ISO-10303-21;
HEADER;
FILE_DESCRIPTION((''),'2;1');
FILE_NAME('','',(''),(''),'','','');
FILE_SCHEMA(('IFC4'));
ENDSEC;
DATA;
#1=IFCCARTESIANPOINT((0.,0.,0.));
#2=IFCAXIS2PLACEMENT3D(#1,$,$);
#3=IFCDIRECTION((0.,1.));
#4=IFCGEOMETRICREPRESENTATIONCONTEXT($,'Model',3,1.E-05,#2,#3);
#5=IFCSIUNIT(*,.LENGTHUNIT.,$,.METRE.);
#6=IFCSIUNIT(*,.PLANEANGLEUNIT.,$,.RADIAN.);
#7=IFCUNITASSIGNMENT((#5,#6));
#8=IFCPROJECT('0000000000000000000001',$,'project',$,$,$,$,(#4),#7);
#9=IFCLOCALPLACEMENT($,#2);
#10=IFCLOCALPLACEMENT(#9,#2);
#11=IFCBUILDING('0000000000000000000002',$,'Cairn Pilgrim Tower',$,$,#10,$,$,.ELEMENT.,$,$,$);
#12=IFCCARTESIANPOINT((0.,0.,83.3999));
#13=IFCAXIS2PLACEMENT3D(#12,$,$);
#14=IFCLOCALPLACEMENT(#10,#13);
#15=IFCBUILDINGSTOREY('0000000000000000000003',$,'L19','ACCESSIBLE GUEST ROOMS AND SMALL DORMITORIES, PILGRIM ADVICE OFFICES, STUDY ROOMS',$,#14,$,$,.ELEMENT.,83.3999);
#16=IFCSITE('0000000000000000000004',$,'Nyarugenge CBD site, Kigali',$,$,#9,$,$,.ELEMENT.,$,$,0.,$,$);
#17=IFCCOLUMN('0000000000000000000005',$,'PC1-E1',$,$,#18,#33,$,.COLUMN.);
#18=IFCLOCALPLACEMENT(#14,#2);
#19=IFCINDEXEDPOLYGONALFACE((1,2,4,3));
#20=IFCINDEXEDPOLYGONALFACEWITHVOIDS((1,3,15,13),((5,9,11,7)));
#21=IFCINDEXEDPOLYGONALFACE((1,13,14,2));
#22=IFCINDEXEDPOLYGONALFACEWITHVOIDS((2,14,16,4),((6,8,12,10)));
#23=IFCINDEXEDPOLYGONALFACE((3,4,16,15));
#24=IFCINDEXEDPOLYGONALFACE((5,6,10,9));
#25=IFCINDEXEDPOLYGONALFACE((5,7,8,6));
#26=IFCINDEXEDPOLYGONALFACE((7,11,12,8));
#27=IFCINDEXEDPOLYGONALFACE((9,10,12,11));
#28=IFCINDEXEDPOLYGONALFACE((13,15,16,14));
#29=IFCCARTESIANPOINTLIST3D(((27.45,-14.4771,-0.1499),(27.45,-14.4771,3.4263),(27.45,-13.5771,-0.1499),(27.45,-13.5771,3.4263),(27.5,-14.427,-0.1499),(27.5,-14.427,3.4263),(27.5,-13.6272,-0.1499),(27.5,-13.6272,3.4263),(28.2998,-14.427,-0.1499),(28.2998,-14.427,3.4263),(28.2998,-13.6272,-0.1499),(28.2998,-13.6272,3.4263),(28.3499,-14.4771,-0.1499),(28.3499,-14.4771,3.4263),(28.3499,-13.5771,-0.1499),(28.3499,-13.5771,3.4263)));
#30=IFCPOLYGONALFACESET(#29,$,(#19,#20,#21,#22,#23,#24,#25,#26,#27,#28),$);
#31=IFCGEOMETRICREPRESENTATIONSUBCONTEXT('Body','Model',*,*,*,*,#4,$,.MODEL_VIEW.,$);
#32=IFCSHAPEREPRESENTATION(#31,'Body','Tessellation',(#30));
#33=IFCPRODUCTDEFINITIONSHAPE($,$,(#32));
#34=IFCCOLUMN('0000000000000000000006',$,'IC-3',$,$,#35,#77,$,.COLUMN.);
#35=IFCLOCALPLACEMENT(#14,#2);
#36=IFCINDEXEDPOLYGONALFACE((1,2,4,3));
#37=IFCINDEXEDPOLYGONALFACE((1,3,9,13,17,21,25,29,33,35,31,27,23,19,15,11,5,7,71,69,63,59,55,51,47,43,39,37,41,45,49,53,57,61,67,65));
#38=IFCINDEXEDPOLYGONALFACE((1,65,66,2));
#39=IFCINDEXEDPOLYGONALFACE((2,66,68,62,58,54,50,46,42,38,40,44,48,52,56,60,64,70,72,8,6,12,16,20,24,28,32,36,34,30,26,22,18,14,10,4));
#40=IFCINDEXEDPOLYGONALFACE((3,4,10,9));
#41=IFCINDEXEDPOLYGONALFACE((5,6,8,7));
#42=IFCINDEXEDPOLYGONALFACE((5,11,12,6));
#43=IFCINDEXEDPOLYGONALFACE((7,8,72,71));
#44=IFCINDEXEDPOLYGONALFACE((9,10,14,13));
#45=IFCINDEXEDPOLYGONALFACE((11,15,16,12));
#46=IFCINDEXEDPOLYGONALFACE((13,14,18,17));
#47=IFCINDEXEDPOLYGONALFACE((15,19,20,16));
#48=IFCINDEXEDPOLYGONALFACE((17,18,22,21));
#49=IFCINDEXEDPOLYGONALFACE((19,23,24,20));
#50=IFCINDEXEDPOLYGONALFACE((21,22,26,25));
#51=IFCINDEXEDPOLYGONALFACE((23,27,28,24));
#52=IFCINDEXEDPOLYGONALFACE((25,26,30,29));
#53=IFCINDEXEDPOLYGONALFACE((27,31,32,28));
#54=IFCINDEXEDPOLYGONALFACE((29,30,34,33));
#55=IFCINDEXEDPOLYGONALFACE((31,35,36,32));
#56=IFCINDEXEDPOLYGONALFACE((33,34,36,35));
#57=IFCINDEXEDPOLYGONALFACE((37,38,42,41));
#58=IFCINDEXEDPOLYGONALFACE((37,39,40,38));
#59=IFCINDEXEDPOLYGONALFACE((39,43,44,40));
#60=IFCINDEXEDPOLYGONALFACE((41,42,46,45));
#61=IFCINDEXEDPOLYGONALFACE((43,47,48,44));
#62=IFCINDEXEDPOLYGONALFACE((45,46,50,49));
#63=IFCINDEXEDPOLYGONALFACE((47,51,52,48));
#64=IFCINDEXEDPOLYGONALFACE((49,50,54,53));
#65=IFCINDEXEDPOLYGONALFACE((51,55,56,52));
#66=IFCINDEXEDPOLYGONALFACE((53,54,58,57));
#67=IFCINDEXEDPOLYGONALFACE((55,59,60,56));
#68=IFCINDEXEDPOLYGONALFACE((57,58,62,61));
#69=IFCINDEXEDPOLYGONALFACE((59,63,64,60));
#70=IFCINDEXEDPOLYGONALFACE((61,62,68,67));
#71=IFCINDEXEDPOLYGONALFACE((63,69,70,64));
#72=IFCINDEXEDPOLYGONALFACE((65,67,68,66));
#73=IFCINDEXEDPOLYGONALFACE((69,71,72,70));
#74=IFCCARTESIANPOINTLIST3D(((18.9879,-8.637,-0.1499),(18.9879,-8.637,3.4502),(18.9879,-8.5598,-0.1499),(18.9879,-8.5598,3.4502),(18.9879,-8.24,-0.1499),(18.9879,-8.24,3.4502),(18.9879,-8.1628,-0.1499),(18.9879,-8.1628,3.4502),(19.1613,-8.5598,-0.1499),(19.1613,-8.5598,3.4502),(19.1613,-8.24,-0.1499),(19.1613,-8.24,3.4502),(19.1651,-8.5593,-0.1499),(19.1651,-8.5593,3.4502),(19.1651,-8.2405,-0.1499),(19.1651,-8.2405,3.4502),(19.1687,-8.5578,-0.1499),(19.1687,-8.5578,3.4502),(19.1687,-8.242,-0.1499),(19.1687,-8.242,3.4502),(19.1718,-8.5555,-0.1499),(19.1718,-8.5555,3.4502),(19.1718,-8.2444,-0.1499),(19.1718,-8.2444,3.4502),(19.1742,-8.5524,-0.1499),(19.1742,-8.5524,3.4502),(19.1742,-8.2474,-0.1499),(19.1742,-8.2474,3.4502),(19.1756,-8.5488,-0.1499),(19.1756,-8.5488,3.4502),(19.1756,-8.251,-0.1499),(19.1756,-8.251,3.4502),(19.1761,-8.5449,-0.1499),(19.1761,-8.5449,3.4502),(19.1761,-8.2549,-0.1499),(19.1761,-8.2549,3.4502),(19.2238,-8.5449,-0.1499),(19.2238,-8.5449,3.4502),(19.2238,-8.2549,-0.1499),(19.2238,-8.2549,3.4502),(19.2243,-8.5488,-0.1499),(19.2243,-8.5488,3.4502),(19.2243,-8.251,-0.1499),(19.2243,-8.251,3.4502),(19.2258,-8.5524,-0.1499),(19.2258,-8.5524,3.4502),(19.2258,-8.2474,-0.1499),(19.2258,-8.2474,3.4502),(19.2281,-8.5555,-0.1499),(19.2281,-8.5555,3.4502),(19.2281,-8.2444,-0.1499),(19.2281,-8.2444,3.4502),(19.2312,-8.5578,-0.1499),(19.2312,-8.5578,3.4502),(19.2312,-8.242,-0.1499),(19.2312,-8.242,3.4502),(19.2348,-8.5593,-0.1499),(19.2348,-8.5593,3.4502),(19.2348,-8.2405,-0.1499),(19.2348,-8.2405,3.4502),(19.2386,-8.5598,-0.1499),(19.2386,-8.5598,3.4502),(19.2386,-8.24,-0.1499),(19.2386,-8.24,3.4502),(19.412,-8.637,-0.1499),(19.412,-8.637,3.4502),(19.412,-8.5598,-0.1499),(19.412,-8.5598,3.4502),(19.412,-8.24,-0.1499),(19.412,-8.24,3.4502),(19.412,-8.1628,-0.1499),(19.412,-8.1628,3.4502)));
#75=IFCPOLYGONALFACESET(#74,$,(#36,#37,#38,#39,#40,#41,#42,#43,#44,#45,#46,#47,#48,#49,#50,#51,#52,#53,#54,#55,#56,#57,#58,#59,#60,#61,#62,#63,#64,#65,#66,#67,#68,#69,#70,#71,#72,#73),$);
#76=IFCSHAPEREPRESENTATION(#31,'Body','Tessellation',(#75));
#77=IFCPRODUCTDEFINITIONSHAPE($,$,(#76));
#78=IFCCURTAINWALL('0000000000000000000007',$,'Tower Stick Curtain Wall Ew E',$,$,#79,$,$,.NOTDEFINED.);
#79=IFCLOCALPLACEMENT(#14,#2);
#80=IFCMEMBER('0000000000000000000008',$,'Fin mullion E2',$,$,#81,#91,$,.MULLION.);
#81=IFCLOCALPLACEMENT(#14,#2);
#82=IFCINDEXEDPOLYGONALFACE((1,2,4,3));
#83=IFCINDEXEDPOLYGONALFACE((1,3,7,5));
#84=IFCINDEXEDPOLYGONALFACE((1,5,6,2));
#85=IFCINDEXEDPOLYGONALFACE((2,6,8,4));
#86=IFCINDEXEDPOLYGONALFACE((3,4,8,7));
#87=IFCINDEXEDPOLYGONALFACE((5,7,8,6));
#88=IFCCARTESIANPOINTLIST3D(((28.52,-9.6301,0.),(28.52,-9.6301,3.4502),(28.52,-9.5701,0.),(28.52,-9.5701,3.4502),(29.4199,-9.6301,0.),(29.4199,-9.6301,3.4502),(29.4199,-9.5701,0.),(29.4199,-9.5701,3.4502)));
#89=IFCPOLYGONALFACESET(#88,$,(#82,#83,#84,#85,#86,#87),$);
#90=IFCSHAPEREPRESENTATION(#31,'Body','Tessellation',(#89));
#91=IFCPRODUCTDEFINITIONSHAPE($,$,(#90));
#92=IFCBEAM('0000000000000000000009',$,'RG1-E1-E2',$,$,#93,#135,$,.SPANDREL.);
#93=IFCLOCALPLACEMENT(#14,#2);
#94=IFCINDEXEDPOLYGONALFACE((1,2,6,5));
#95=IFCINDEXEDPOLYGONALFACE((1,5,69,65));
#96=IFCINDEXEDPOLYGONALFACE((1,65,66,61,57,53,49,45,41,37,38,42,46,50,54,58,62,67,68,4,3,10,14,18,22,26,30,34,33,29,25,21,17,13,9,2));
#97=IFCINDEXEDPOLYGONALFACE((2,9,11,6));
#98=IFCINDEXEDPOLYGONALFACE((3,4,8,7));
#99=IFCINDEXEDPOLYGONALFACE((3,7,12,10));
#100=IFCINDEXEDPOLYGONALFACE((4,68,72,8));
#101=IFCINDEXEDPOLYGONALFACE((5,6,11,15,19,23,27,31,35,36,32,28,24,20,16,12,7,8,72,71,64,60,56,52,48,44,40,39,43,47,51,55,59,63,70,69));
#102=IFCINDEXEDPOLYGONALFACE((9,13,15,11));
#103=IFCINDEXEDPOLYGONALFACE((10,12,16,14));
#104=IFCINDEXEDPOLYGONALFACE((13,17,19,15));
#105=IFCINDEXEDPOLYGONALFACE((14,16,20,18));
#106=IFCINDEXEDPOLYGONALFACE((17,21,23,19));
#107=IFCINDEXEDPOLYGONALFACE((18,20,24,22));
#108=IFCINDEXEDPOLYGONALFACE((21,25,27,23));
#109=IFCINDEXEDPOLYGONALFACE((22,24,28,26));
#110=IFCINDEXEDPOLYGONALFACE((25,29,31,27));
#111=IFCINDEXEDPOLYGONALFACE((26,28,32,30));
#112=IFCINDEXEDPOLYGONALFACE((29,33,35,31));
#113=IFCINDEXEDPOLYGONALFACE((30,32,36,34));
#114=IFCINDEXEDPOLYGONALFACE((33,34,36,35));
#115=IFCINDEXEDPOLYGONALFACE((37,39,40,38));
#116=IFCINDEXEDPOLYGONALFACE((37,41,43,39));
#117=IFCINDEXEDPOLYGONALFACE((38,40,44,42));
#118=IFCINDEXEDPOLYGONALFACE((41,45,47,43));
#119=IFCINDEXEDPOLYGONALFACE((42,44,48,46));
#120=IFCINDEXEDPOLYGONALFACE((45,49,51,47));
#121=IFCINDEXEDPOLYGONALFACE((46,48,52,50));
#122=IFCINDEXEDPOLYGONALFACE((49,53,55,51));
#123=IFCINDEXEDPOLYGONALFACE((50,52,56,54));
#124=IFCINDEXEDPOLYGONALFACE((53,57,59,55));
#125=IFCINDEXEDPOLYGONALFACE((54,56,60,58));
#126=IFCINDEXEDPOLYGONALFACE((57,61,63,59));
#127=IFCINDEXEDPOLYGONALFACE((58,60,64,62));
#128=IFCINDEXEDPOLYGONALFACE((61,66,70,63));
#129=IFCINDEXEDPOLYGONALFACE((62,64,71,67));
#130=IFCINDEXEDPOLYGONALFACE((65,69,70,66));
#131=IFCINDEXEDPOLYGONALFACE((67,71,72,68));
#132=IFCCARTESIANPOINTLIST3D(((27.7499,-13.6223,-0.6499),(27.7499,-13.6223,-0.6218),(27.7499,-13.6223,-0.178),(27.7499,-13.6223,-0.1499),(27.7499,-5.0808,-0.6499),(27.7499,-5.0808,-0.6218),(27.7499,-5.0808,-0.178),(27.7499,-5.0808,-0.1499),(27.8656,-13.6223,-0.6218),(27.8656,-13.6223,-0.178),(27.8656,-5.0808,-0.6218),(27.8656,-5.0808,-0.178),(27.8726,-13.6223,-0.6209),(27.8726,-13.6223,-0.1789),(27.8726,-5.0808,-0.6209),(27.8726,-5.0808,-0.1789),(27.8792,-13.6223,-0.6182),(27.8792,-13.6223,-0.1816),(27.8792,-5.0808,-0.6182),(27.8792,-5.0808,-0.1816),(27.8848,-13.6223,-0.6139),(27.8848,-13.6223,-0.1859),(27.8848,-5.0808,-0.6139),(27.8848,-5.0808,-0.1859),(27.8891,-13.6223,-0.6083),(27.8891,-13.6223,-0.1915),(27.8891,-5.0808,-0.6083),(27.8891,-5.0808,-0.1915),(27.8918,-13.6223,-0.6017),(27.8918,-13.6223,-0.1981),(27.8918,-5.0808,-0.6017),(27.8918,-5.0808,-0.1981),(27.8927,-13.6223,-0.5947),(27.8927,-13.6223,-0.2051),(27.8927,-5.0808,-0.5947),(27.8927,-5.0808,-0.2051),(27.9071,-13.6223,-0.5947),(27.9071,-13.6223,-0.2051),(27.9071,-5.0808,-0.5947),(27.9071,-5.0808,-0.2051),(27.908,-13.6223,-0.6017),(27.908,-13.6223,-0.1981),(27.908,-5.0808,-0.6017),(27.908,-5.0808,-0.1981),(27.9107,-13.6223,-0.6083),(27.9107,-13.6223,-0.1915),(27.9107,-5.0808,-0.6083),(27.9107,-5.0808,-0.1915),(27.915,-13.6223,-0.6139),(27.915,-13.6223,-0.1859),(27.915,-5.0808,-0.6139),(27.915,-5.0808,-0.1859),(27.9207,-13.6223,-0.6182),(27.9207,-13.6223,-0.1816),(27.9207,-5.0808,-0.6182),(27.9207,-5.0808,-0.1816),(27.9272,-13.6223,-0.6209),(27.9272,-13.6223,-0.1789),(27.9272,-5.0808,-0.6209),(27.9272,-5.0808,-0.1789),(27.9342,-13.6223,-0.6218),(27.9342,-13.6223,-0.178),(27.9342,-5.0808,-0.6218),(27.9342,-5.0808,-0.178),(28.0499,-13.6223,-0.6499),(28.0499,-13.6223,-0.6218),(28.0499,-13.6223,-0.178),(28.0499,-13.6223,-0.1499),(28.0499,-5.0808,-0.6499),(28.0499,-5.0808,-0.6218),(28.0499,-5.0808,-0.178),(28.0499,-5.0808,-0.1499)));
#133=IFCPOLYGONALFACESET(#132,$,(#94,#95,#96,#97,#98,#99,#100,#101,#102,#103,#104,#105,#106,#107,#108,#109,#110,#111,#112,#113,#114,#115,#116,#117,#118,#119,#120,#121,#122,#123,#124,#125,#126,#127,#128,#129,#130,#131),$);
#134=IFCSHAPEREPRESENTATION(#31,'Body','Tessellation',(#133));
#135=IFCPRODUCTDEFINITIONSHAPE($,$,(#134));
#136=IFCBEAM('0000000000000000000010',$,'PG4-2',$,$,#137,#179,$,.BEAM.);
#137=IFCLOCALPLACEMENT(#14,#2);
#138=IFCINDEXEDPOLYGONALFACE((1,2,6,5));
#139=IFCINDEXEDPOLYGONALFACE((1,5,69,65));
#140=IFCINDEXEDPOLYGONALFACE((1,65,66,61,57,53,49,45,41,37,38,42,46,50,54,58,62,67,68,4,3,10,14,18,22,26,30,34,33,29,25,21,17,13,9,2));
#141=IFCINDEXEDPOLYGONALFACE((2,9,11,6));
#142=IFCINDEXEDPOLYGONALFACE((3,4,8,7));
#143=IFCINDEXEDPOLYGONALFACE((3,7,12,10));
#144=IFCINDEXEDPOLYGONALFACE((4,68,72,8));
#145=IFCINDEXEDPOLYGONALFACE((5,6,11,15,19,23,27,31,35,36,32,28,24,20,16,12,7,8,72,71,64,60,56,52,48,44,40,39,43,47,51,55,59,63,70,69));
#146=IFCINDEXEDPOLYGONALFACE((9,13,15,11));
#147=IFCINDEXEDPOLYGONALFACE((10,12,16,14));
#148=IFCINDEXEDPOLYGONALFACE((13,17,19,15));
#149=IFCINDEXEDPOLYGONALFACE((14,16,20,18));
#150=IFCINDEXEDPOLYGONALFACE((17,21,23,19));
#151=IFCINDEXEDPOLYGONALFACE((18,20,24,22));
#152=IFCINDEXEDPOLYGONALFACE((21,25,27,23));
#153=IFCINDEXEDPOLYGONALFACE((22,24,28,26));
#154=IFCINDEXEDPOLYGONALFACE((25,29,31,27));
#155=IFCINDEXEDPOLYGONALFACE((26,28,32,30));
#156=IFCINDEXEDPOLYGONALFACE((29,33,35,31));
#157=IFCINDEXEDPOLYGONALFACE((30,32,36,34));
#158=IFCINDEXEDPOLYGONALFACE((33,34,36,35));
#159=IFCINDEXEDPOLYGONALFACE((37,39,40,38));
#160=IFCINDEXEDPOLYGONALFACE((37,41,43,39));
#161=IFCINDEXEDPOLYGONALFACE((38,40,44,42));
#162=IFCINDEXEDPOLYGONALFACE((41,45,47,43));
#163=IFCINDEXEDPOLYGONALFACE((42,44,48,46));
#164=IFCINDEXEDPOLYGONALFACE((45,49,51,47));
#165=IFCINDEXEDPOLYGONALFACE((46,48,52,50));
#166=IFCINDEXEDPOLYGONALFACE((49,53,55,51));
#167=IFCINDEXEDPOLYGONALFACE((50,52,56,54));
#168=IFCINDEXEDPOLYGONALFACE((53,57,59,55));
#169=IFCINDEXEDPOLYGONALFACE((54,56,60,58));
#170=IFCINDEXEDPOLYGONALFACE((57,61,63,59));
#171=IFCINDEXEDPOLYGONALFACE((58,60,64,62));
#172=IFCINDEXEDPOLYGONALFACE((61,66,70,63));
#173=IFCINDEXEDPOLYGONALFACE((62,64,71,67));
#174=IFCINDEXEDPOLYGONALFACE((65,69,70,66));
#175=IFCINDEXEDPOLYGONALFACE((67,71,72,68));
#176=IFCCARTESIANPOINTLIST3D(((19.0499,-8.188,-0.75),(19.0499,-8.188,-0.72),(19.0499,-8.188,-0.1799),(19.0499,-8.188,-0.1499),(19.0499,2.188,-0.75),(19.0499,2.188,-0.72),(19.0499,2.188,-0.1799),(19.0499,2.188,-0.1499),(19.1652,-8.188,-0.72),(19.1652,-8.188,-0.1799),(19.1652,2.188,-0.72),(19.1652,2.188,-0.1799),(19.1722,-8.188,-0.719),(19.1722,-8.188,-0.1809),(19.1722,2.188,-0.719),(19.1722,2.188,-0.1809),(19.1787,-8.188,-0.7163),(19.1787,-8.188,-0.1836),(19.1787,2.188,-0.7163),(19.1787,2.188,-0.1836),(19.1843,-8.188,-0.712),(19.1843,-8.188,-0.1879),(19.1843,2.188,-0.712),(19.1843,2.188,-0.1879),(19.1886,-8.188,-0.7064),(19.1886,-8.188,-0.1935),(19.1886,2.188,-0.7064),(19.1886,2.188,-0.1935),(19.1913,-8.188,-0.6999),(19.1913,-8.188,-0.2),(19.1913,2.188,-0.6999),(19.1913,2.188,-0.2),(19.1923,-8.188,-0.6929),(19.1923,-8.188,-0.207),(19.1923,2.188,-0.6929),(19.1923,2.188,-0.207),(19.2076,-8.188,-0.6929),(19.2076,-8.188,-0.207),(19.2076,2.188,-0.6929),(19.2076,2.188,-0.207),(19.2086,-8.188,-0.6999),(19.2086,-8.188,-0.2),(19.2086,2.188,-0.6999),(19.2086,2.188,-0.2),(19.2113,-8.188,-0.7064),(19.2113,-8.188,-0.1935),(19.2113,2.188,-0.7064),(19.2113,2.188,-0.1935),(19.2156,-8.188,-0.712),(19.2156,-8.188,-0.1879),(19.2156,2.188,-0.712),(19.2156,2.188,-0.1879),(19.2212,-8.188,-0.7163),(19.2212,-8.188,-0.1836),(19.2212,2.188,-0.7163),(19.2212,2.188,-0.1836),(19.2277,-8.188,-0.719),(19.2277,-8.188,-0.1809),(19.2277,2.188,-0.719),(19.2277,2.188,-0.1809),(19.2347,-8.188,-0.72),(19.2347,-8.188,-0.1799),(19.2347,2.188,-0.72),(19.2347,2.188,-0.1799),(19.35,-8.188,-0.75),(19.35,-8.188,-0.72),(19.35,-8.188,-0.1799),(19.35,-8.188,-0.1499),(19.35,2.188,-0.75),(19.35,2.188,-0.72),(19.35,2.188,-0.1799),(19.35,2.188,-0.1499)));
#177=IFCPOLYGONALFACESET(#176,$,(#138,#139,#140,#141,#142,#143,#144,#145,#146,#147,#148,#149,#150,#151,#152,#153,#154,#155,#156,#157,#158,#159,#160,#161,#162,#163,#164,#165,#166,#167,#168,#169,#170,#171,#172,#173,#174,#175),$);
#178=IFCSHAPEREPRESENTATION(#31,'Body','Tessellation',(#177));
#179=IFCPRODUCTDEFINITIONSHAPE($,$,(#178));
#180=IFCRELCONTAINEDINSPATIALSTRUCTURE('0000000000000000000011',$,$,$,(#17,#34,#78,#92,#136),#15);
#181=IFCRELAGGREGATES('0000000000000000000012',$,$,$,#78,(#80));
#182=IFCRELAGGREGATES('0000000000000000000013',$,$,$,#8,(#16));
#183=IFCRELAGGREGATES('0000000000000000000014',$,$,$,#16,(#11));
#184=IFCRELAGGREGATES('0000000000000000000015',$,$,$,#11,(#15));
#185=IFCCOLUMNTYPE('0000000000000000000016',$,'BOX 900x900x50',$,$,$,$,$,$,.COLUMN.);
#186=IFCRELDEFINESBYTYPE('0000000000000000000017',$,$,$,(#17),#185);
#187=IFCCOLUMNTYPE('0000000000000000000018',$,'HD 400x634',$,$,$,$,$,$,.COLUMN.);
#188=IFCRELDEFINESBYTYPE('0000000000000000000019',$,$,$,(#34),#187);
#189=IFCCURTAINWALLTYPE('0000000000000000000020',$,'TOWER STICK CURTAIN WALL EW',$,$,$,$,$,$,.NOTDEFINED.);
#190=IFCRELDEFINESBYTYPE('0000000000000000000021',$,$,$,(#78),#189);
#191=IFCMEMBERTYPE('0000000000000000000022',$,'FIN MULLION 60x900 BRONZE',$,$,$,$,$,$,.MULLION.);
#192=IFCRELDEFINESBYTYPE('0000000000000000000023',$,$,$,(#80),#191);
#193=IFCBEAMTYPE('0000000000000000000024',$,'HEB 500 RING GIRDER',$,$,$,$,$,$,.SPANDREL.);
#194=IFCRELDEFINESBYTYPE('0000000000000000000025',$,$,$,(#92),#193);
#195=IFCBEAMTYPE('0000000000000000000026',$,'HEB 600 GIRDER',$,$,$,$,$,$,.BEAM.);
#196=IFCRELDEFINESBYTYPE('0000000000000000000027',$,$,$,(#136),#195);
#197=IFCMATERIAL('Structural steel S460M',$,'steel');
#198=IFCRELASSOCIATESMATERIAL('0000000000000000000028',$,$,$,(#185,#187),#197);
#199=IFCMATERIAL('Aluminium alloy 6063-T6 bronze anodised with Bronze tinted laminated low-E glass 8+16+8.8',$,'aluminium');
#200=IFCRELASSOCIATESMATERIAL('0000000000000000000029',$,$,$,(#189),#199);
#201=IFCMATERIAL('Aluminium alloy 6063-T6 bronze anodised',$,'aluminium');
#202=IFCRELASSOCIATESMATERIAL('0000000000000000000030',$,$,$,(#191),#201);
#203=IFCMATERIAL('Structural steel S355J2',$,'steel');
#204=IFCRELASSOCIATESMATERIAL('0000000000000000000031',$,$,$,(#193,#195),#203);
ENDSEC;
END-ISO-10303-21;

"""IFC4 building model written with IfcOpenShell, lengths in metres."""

from ifc_helpers import new_model, si_unit, direction, frame, origin, origin_2d, place, context, subcontext, project, spatial, rectangle, hollow_rectangle, i_section, extrude, clip, halfspace, material, material_profile, profile_set, type_object, element, aggregate, save


model = new_model("IFC4")

# Units and contexts
model_context = context("Model", 3, precision=1e-05, world=origin(), true_north=direction((0.0, 1.0)))
body_context = subcontext(model_context, "Body", "Model", "MODEL_VIEW")
ifc_project = project(units=[si_unit("LENGTHUNIT", "METRE"), si_unit("PLANEANGLEUNIT", "RADIAN")], contexts=[model_context])

# Site, building, storey
site_placement = place(None, origin())
site = spatial("IfcSite", under=ifc_project, at=site_placement, Name="Nyarugenge CBD site, Kigali", CompositionType="ELEMENT", RefElevation=0.0)
building_placement = place(site_placement, origin())
building = spatial("IfcBuilding", under=site, at=building_placement, Name="Cairn Pilgrim Tower", CompositionType="ELEMENT")
storey_placement = place(building_placement, frame((0.0, 0.0, 83.3999)))
storey = spatial("IfcBuildingStorey", under=building, at=storey_placement, Name="L19", Description="ACCESSIBLE GUEST ROOMS AND SMALL DORMITORIES, PILGRIM ADVICE OFFICES, STUDY ROOMS", CompositionType="ELEMENT", Elevation=83.3999)

# Columns
ifc_material_1 = material(Name="Structural steel S460M", Category="steel")
ifc_material_profile_1 = material_profile(ifc_material_1, hollow_rectangle(XDim=0.8999, YDim=0.8999, WallThickness=0.05, at=origin_2d()), Name="BOX 900x900x50")
ifc_profile_set_1 = profile_set([ifc_material_profile_1], Name="Structural steel S460M")
column_type_1 = type_object("IfcColumnType", Name="BOX 900x900x50", PredefinedType="COLUMN", material=ifc_profile_set_1)
column_1_placement = place(storey_placement, frame((27.8999, -14.0271, -0.1499), z_axis=(0.0, 0.0, 1.0), x_axis=(1.0, 0.0, 0.0)))
element("IfcColumn", 1, at=column_1_placement, inside=storey, type_object=column_type_1, Name="PC1-E1", PredefinedType="COLUMN", context=body_context, shape_type="Clipping", body=[
    clip(extrude(hollow_rectangle(XDim=0.8999, YDim=0.8999, WallThickness=0.05, at=origin_2d()), origin(), (0.0, 0.0, 1.0), 3.6001), halfspace(frame((0.0, 0.0, 3.5762), z_axis=(0.0, 0.0, 1.0), x_axis=(1.0, 0.0, 0.0)), False)),
])
ifc_material_profile_2 = material_profile(ifc_material_1, i_section(OverallWidth=0.4241, OverallDepth=0.4741, WebThickness=0.0476, FlangeThickness=0.0771, FilletRadius=0.0149, at=origin_2d()), Name="HD 400x634")
ifc_profile_set_2 = profile_set([ifc_material_profile_2], Name="Structural steel S460M")
column_type_2 = type_object("IfcColumnType", Name="HD 400x634", PredefinedType="COLUMN", material=ifc_profile_set_2)
column_2_placement = place(storey_placement, frame((19.2, -8.3999, -0.1499), z_axis=(0.0, 0.0, 1.0), x_axis=(1.0, 0.0, 0.0)))
element("IfcColumn", 2, at=column_2_placement, inside=storey, type_object=column_type_2, Name="IC-3", PredefinedType="COLUMN", context=body_context, shape_type="SweptSolid", body=[
    extrude(i_section(OverallWidth=0.4241, OverallDepth=0.4741, WebThickness=0.0476, FlangeThickness=0.0771, FilletRadius=0.0149, at=origin_2d()), origin(), (0.0, 0.0, 1.0), 3.6001),
])

# Curtain wall, member
ifc_material_2 = material(Name="Aluminium alloy 6063-T6 bronze anodised with Bronze tinted laminated low-E glass 8+16+8.8", Category="aluminium")
curtain_wall_type = type_object("IfcCurtainWallType", Name="TOWER STICK CURTAIN WALL EW", PredefinedType="NOTDEFINED", material=ifc_material_2)
curtain_wall_placement = place(storey_placement, origin())
curtain_wall = element("IfcCurtainWall", 3, at=curtain_wall_placement, inside=storey, type_object=curtain_wall_type, Name="Tower Stick Curtain Wall Ew E", PredefinedType="NOTDEFINED")
ifc_material_3 = material(Name="Aluminium alloy 6063-T6 bronze anodised", Category="aluminium")
ifc_material_profile_3 = material_profile(ifc_material_3, rectangle(XDim=0.8999, YDim=0.0601, at=origin_2d()), Name="FIN MULLION 60x900 BRONZE")
ifc_profile_set_3 = profile_set([ifc_material_profile_3], Name="Aluminium alloy 6063-T6 bronze anodised")
member_type_1 = type_object("IfcMemberType", Name="FIN MULLION 60x900 BRONZE", PredefinedType="MULLION", material=ifc_profile_set_3)
member_1_placement = place(storey_placement, frame((28.97, -9.6001, 0.0), z_axis=(0.0, 0.0, 1.0), x_axis=(1.0, 0.0, 0.0)))
member_1 = element("IfcMember", 4, at=member_1_placement, type_object=member_type_1, Name="Fin mullion E2", PredefinedType="MULLION", context=body_context, shape_type="SweptSolid", body=[
    extrude(rectangle(XDim=0.8999, YDim=0.0601, at=origin_2d()), origin(), (0.0, 0.0, 1.0), 3.4502),
])

# Beams
ifc_material_4 = material(Name="Structural steel S355J2", Category="steel")
ifc_material_profile_4 = material_profile(ifc_material_4, i_section(OverallWidth=0.3, OverallDepth=0.5, WebThickness=0.0144, FlangeThickness=0.0281, FilletRadius=0.0271, at=origin_2d()), Name="HEB 500")
ifc_profile_set_4 = profile_set([ifc_material_profile_4], Name="Structural steel S355J2")
beam_type_1 = type_object("IfcBeamType", Name="HEB 500 RING GIRDER", PredefinedType="SPANDREL", material=ifc_profile_set_4)
beam_1_placement = place(storey_placement, frame((27.8999, -13.6223, -0.3999), z_axis=(0.0, 1.0, 0.0), x_axis=(-1.0, 0.0, 0.0)))
element("IfcBeam", 5, at=beam_1_placement, inside=storey, type_object=beam_type_1, Name="RG1-E1-E2", PredefinedType="SPANDREL", context=body_context, shape_type="SweptSolid", body=[
    extrude(i_section(OverallWidth=0.3, OverallDepth=0.5, WebThickness=0.0144, FlangeThickness=0.0281, FilletRadius=0.0271, at=origin_2d()), origin(), (0.0, 0.0, 1.0), 8.5415),
])
ifc_material_profile_5 = material_profile(ifc_material_4, i_section(OverallWidth=0.3, OverallDepth=0.6001, WebThickness=0.0154, FlangeThickness=0.03, FilletRadius=0.0271, at=origin_2d()), Name="HEB 600")
ifc_profile_set_5 = profile_set([ifc_material_profile_5], Name="Structural steel S355J2")
beam_type_2 = type_object("IfcBeamType", Name="HEB 600 GIRDER", PredefinedType="BEAM", material=ifc_profile_set_5)
beam_2_placement = place(storey_placement, frame((19.2, -8.188, -0.45), z_axis=(0.0, 1.0, 0.0), x_axis=(-1.0, 0.0, 0.0)))
element("IfcBeam", 6, at=beam_2_placement, inside=storey, type_object=beam_type_2, Name="PG4-2", PredefinedType="BEAM", context=body_context, shape_type="SweptSolid", body=[
    extrude(i_section(OverallWidth=0.3, OverallDepth=0.6001, WebThickness=0.0154, FlangeThickness=0.03, FilletRadius=0.0271, at=origin_2d()), origin(), (0.0, 0.0, 1.0), 10.376),
])

aggregate(curtain_wall, [member_1])

save(model, "model.ifc")
